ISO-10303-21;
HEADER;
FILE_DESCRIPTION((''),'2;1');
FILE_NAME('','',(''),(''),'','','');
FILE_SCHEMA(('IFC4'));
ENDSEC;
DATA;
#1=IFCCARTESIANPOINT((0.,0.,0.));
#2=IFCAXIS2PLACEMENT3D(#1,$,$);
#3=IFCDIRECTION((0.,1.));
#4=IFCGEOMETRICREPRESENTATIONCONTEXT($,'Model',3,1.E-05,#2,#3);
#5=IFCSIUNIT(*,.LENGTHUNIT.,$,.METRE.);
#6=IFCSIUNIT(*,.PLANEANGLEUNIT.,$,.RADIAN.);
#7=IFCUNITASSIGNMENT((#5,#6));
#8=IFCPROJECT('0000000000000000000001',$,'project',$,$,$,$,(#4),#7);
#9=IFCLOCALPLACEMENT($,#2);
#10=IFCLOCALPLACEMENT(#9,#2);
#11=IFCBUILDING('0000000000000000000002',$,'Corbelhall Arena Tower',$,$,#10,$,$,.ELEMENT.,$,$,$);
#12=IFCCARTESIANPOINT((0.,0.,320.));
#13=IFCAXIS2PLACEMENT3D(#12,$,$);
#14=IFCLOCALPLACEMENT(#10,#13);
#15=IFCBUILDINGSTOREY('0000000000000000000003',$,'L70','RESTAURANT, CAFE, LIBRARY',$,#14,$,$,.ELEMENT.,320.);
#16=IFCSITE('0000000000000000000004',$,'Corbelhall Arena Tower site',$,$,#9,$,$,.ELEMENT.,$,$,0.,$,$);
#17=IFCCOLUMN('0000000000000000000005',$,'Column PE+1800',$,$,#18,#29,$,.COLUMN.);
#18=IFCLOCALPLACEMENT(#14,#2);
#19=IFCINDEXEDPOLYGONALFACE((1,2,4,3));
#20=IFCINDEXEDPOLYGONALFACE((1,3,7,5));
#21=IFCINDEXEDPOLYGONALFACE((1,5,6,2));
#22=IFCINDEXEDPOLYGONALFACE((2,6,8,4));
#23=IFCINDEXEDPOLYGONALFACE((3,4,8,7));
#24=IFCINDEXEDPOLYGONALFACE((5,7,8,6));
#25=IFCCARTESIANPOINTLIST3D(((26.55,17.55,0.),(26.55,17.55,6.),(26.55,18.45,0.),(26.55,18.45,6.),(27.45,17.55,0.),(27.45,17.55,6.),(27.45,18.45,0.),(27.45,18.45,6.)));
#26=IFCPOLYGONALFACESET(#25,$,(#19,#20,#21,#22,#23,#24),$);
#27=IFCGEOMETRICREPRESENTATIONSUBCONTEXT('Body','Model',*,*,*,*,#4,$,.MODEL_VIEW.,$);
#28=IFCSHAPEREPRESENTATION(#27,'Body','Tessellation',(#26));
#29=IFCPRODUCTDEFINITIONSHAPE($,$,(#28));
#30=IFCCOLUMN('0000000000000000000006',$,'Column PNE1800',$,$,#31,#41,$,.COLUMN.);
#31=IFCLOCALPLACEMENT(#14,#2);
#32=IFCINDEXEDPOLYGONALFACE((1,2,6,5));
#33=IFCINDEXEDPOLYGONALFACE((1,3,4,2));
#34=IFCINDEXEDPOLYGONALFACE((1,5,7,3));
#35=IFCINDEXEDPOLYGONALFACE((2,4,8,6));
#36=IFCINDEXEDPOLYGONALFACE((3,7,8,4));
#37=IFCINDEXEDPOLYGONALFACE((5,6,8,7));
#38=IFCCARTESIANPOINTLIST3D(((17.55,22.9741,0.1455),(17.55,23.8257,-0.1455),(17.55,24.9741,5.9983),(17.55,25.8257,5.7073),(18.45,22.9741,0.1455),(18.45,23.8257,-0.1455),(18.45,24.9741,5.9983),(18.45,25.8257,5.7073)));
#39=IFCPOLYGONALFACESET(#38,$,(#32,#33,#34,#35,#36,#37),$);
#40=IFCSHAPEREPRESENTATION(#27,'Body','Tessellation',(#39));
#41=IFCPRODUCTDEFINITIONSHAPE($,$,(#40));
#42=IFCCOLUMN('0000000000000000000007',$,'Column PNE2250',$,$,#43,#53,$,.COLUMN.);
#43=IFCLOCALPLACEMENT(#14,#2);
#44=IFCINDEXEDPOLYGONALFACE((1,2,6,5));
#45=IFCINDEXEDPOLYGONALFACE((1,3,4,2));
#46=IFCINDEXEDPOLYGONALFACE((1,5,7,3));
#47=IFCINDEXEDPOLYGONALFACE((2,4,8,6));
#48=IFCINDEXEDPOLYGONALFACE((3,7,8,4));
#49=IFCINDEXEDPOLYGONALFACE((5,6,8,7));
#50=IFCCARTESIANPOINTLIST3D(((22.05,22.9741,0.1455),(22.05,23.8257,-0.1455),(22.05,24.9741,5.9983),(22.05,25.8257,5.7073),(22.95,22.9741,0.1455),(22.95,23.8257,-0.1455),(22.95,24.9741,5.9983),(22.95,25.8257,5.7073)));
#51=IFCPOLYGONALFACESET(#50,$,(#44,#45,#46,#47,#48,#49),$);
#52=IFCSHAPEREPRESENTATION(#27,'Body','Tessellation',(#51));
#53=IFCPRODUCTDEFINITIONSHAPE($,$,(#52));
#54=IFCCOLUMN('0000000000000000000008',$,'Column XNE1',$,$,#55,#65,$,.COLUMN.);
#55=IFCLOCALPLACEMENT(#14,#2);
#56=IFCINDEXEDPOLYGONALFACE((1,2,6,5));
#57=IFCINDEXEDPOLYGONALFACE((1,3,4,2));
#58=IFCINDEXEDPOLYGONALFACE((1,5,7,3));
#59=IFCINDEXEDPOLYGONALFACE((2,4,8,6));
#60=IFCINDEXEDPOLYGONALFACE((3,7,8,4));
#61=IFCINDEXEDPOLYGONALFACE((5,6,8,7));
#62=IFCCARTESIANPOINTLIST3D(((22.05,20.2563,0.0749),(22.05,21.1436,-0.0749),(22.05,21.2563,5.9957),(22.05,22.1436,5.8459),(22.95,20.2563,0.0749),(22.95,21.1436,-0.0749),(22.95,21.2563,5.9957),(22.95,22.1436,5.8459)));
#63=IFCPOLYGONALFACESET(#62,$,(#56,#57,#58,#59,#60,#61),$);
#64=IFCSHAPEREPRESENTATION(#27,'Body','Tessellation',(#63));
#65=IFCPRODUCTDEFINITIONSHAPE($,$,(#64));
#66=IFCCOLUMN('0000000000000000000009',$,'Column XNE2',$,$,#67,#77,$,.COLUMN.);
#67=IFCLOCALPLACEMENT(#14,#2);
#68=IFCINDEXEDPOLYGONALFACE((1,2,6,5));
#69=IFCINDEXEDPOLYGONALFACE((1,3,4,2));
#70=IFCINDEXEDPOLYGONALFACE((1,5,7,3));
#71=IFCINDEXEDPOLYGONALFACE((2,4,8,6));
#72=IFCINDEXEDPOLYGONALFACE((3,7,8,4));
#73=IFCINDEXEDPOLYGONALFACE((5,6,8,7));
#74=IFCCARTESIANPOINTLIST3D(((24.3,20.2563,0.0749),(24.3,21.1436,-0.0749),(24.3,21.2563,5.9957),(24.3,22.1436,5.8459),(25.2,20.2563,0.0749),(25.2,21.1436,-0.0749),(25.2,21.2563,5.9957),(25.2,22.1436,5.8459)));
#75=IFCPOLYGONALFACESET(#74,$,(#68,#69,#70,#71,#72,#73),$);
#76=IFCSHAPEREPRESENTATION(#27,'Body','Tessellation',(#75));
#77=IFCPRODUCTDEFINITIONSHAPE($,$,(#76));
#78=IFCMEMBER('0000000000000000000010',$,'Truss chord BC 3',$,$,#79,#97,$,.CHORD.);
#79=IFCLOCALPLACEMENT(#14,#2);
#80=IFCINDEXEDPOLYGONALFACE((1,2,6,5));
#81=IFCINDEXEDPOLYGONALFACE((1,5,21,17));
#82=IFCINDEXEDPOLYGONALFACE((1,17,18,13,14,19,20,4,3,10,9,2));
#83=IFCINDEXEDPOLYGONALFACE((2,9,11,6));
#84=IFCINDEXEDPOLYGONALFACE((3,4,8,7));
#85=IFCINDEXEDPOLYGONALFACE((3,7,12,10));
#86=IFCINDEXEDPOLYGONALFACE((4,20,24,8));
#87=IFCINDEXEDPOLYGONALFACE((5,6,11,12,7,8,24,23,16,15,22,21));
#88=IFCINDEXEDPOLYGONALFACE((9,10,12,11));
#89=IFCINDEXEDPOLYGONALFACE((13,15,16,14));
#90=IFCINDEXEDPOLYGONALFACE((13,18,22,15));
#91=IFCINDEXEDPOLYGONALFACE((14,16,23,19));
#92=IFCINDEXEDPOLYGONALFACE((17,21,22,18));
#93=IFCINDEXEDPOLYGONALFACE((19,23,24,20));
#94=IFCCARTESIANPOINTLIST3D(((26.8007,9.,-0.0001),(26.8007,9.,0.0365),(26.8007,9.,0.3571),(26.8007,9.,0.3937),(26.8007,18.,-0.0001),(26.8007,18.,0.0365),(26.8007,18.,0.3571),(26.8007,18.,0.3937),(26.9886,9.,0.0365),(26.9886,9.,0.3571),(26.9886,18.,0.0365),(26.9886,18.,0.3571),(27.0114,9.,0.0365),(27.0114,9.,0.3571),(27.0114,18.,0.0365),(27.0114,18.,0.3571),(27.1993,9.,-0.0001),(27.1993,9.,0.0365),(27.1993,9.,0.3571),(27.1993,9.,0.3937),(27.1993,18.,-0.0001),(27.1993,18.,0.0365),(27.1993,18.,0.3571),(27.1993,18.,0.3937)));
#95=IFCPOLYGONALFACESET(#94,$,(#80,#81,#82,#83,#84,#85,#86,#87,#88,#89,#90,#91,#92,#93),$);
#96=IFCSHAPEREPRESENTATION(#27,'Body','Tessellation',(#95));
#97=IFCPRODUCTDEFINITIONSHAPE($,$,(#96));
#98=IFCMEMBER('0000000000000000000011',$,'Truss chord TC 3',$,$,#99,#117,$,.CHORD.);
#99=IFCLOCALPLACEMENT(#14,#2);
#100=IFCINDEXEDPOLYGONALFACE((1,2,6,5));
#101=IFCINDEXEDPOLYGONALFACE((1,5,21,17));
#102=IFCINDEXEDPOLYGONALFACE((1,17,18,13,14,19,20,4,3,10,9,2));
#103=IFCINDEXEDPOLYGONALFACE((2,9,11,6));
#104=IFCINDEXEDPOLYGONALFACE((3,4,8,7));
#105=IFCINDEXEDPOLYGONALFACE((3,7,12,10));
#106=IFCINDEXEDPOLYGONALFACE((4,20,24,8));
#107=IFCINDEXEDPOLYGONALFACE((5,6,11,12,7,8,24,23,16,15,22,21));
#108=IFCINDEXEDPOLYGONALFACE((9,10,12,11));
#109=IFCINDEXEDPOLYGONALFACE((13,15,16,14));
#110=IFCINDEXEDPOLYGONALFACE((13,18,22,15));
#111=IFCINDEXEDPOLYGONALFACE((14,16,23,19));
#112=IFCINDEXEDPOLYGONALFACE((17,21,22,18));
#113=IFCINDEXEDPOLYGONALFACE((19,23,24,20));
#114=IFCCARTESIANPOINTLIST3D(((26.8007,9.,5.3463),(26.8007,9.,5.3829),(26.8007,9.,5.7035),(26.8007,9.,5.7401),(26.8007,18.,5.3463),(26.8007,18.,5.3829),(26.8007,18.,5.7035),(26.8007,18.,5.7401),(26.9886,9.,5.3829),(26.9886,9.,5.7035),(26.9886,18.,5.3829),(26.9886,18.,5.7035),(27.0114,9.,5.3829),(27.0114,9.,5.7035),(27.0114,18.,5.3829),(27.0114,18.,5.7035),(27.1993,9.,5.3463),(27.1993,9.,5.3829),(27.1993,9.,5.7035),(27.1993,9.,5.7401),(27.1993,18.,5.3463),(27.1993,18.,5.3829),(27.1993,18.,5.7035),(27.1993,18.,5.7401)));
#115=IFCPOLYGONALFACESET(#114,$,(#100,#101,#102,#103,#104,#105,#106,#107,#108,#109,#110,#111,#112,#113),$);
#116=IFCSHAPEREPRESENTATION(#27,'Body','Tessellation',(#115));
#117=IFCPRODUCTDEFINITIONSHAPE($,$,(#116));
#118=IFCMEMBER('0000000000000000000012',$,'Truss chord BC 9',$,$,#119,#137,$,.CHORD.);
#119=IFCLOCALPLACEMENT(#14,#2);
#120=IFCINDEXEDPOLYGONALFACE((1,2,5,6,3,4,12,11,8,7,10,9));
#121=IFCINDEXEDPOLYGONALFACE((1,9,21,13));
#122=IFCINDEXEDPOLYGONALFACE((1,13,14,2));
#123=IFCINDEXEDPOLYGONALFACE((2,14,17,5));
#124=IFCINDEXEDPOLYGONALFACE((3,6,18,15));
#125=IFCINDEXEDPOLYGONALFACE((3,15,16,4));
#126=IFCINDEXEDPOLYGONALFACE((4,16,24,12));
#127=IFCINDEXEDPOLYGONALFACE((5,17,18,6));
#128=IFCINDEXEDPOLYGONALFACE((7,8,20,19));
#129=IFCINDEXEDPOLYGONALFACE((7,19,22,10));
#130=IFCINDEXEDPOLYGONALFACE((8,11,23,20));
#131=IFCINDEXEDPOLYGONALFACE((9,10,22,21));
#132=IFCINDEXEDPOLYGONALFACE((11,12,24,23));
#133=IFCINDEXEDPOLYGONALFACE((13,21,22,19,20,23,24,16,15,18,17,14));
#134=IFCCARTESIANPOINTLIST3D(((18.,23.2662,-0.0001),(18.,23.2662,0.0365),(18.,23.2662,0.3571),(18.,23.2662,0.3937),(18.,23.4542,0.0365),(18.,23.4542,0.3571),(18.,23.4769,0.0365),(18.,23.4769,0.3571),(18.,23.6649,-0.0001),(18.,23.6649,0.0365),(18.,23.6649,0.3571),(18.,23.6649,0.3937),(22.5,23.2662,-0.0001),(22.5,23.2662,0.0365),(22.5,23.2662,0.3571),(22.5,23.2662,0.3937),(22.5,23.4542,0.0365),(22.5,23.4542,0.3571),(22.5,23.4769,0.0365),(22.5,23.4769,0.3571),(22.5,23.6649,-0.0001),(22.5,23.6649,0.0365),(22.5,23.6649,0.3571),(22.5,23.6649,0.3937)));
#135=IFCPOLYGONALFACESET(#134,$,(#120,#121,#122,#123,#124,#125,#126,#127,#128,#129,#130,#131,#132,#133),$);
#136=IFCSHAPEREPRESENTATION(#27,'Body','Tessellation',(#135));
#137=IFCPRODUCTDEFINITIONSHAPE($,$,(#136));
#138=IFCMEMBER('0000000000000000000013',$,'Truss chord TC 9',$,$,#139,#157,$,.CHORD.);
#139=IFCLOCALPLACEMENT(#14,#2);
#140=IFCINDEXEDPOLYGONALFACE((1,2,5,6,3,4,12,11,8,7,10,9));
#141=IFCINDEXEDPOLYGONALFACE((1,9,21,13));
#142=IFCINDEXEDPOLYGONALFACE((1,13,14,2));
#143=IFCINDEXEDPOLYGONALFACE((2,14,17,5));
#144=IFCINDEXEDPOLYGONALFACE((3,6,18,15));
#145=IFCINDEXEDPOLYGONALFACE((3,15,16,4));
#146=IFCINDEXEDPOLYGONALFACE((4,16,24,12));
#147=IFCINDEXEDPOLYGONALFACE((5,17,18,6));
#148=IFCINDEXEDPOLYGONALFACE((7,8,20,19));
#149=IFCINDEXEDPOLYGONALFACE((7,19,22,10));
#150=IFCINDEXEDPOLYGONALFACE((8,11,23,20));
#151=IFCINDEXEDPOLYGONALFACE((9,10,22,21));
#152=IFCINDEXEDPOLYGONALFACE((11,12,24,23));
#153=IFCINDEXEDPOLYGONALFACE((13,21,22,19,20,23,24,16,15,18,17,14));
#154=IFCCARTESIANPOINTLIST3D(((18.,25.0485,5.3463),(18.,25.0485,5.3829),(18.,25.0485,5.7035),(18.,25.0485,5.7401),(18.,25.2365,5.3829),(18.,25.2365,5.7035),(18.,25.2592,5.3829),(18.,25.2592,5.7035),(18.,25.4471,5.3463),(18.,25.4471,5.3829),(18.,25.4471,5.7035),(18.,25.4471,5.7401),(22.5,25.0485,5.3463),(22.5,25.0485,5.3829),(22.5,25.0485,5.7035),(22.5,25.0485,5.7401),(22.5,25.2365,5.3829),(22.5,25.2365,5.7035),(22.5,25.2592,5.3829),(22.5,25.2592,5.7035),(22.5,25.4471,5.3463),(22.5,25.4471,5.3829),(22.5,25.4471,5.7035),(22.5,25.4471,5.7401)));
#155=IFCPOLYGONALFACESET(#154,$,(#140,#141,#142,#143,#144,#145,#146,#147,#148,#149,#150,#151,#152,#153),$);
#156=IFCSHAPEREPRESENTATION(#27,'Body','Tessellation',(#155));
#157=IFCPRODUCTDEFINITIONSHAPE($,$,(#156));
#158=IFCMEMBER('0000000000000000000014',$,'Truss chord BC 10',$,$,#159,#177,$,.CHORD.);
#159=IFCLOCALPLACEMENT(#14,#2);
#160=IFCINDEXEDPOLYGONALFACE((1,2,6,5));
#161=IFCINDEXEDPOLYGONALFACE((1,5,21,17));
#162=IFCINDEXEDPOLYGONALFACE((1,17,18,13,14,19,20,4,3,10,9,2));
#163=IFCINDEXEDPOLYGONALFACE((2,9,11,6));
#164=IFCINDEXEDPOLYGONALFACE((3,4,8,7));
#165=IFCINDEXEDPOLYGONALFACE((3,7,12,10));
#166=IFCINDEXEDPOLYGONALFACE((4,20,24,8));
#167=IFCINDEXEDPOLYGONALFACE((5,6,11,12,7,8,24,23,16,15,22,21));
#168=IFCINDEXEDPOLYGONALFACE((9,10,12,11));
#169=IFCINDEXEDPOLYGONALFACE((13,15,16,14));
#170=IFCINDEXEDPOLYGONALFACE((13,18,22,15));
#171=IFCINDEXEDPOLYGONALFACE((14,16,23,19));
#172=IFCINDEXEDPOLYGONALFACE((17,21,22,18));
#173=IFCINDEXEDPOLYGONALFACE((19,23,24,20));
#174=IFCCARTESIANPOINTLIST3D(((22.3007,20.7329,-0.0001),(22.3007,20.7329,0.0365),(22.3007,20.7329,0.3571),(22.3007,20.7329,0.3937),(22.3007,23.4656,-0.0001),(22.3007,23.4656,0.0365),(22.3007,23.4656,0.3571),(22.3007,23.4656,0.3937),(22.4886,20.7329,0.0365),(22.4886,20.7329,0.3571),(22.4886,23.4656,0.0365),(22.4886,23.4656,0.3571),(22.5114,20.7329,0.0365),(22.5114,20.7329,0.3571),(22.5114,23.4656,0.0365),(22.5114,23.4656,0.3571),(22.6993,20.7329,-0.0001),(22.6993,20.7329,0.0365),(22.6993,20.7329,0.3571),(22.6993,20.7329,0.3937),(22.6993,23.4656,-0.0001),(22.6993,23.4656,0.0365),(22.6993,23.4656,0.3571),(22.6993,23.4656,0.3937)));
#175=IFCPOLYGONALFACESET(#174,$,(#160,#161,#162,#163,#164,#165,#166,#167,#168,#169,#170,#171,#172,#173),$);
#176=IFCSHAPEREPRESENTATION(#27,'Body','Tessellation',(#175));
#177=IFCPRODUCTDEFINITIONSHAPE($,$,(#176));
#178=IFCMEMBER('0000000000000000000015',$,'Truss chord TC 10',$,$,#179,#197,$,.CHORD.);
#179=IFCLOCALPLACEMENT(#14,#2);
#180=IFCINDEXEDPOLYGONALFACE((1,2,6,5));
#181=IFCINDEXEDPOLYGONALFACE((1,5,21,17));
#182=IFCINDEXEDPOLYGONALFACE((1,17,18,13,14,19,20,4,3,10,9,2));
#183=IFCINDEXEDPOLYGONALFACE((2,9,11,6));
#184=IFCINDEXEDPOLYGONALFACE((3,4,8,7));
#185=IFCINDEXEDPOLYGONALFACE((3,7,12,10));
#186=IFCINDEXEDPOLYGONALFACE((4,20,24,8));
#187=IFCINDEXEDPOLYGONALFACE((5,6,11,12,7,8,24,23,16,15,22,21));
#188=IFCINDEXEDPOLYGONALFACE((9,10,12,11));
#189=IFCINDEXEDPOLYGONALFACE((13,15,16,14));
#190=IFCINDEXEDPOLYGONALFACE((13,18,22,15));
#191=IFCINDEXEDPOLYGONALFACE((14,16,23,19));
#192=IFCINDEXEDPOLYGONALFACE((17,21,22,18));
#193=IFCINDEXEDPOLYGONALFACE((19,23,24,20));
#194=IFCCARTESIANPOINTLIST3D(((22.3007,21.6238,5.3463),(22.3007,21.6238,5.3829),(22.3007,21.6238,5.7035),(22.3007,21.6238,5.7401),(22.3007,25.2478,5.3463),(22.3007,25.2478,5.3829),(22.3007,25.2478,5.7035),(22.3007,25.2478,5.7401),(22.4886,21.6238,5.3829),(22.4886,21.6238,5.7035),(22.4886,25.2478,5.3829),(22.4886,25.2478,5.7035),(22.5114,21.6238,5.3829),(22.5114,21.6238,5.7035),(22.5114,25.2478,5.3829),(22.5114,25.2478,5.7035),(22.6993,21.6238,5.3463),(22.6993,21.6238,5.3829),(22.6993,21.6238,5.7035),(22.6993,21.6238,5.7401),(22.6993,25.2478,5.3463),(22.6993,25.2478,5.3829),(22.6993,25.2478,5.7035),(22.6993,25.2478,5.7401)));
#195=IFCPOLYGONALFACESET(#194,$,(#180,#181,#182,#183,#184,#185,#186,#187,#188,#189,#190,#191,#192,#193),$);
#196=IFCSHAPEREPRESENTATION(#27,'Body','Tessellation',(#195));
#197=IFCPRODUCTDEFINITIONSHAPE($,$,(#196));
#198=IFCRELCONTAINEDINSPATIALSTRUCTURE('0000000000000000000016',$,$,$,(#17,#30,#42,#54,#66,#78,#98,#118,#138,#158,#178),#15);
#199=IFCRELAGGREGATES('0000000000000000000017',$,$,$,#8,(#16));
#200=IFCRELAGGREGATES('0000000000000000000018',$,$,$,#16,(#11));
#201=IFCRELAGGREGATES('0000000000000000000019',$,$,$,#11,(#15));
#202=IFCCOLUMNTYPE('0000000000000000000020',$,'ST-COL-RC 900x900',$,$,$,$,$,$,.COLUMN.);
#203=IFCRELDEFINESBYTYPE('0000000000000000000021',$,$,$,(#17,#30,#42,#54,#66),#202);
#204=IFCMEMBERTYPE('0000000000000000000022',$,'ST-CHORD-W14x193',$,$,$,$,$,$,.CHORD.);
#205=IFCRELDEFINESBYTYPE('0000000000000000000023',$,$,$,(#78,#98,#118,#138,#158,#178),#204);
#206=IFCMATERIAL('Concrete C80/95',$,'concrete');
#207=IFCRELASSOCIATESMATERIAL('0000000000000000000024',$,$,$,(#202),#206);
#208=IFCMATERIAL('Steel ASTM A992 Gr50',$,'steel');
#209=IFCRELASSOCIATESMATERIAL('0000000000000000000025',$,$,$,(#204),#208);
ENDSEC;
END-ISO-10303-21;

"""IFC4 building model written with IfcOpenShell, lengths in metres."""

from ifc_helpers import new_model, si_unit, direction, frame, origin, origin_2d, place, context, subcontext, project, spatial, rectangle, i_section, extrude, material, material_profile, profile_set, type_object, element, save


model = new_model("IFC4")

# Units and contexts
model_context = context("Model", 3, precision=1e-05, world=origin(), true_north=direction((0.0, 1.0)))
body_context = subcontext(model_context, "Body", "Model", "MODEL_VIEW")
ifc_project = project(units=[si_unit("LENGTHUNIT", "METRE"), si_unit("PLANEANGLEUNIT", "RADIAN")], contexts=[model_context])

# Site, building, storey
site_placement = place(None, origin())
site = spatial("IfcSite", under=ifc_project, at=site_placement, Name="Corbelhall Arena Tower site", CompositionType="ELEMENT", RefElevation=0.0)
building_placement = place(site_placement, origin())
building = spatial("IfcBuilding", under=site, at=building_placement, Name="Corbelhall Arena Tower", CompositionType="ELEMENT")
storey_placement = place(building_placement, frame((0.0, 0.0, 320.0)))
storey = spatial("IfcBuildingStorey", under=building, at=storey_placement, Name="L70", Description="RESTAURANT, CAFE, LIBRARY", CompositionType="ELEMENT", Elevation=320.0)

# Columns
ifc_material_1 = material(Name="Concrete C80/95", Category="concrete")
ifc_material_profile_1 = material_profile(ifc_material_1, rectangle(XDim=0.8999, YDim=0.8999, at=origin_2d()))
ifc_profile_set_1 = profile_set([ifc_material_profile_1], Name="Concrete C80/95")
column_type = type_object("IfcColumnType", Name="ST-COL-RC 900x900", PredefinedType="COLUMN", material=ifc_profile_set_1)
column_placement = place(storey_placement, frame((27.0, 18.0, 0.0), z_axis=(0.0, 0.0, 1.0), x_axis=(0.0, 1.0, 0.0)))
element("IfcColumn", 1, at=column_placement, inside=storey, type_object=column_type, Name="Column PE+1800", PredefinedType="COLUMN", context=body_context, shape_type="SweptSolid", body=[
    extrude(rectangle(XDim=0.8999, YDim=0.8999, at=origin_2d()), origin(), (0.0, 0.0, 1.0), 6.0),
])
for number, where, z_axis, x_axis, name in (
    (2, (18.0, 23.3999, 0.0), (0.0, 0.323359, 0.946276), (-1.0, 0.0, 0.0), "Column PNE1800"),
    (3, (22.5, 23.3999, 0.0), (0.0, 0.323359, 0.946276), (-1.0, 0.0, 0.0), "Column PNE2250"),
):
    element("IfcColumn", number, at=place(storey_placement, frame(where, z_axis=z_axis, x_axis=x_axis)), inside=storey, type_object=column_type, Name=name, PredefinedType="COLUMN", context=body_context, shape_type="SweptSolid", body=[
        extrude(rectangle(XDim=0.8999, YDim=0.8999, at=origin_2d()), origin(), (0.0, 0.0, 1.0), 6.1851),
    ])
for number, where, z_axis, x_axis, name in (
    (4, (22.5, 20.7, 0.0), (0.0, 0.166535, 0.986036), (-1.0, 0.0, 0.0), "Column XNE1"),
    (5, (24.75, 20.7, 0.0), (0.0, 0.166535, 0.986036), (-1.0, 0.0, 0.0), "Column XNE2"),
):
    element("IfcColumn", number, at=place(storey_placement, frame(where, z_axis=z_axis, x_axis=x_axis)), inside=storey, type_object=column_type, Name=name, PredefinedType="COLUMN", context=body_context, shape_type="SweptSolid", body=[
        extrude(rectangle(XDim=0.8999, YDim=0.8999, at=origin_2d()), origin(), (0.0, 0.0, 1.0), 6.0046),
    ])

# Members
ifc_material_2 = material(Name="Steel ASTM A992 Gr50", Category="steel")
ifc_material_profile_2 = material_profile(ifc_material_2, i_section(OverallWidth=0.3987, OverallDepth=0.3938, WebThickness=0.0227, FlangeThickness=0.0366, at=origin_2d()))
ifc_profile_set_2 = profile_set([ifc_material_profile_2], Name="Steel ASTM A992 Gr50")
member_type_1 = type_object("IfcMemberType", Name="ST-CHORD-W14x193", PredefinedType="CHORD", material=ifc_profile_set_2)
for number, where, z_axis, x_axis, name in (
    (6, (27.0, 18.0, 0.1968), (0.0, -1.0, 0.0), (1.0, 0.0, 0.0), "Truss chord BC 3"),
    (7, (27.0, 18.0, 5.5432), (0.0, -1.0, 0.0), (1.0, 0.0, 0.0), "Truss chord TC 3"),
):
    element("IfcMember", number, at=place(storey_placement, frame(where, z_axis=z_axis, x_axis=x_axis)), inside=storey, type_object=member_type_1, Name=name, PredefinedType="CHORD", context=body_context, shape_type="SweptSolid", body=[
        extrude(i_section(OverallWidth=0.3987, OverallDepth=0.3938, WebThickness=0.0227, FlangeThickness=0.0366, at=origin_2d()), origin(), (0.0, 0.0, 1.0), 9.0),
    ])
for number, where, z_axis, x_axis, name in (
    (8, (18.0, 23.4656, 0.1968), (1.0, 0.0, 0.0), (0.0, 1.0, 0.0), "Truss chord BC 9"),
    (9, (18.0, 25.2478, 5.5432), (1.0, 0.0, 0.0), (0.0, 1.0, 0.0), "Truss chord TC 9"),
):
    element("IfcMember", number, at=place(storey_placement, frame(where, z_axis=z_axis, x_axis=x_axis)), inside=storey, type_object=member_type_1, Name=name, PredefinedType="CHORD", context=body_context, shape_type="SweptSolid", body=[
        extrude(i_section(OverallWidth=0.3987, OverallDepth=0.3938, WebThickness=0.0227, FlangeThickness=0.0366, at=origin_2d()), origin(), (0.0, 0.0, 1.0), 4.5),
    ])
member_1_placement = place(storey_placement, frame((22.5, 23.4656, 0.1968), z_axis=(0.0, -1.0, 0.0), x_axis=(1.0, 0.0, 0.0)))
element("IfcMember", 10, at=member_1_placement, inside=storey, type_object=member_type_1, Name="Truss chord BC 10", PredefinedType="CHORD", context=body_context, shape_type="SweptSolid", body=[
    extrude(i_section(OverallWidth=0.3987, OverallDepth=0.3938, WebThickness=0.0227, FlangeThickness=0.0366, at=origin_2d()), origin(), (0.0, 0.0, 1.0), 2.7327),
])
member_2_placement = place(storey_placement, frame((22.5, 25.2478, 5.5432), z_axis=(0.0, -1.0, 0.0), x_axis=(1.0, 0.0, 0.0)))
element("IfcMember", 11, at=member_2_placement, inside=storey, type_object=member_type_1, Name="Truss chord TC 10", PredefinedType="CHORD", context=body_context, shape_type="SweptSolid", body=[
    extrude(i_section(OverallWidth=0.3987, OverallDepth=0.3938, WebThickness=0.0227, FlangeThickness=0.0366, at=origin_2d()), origin(), (0.0, 0.0, 1.0), 3.624),
])

save(model, "model.ifc")
